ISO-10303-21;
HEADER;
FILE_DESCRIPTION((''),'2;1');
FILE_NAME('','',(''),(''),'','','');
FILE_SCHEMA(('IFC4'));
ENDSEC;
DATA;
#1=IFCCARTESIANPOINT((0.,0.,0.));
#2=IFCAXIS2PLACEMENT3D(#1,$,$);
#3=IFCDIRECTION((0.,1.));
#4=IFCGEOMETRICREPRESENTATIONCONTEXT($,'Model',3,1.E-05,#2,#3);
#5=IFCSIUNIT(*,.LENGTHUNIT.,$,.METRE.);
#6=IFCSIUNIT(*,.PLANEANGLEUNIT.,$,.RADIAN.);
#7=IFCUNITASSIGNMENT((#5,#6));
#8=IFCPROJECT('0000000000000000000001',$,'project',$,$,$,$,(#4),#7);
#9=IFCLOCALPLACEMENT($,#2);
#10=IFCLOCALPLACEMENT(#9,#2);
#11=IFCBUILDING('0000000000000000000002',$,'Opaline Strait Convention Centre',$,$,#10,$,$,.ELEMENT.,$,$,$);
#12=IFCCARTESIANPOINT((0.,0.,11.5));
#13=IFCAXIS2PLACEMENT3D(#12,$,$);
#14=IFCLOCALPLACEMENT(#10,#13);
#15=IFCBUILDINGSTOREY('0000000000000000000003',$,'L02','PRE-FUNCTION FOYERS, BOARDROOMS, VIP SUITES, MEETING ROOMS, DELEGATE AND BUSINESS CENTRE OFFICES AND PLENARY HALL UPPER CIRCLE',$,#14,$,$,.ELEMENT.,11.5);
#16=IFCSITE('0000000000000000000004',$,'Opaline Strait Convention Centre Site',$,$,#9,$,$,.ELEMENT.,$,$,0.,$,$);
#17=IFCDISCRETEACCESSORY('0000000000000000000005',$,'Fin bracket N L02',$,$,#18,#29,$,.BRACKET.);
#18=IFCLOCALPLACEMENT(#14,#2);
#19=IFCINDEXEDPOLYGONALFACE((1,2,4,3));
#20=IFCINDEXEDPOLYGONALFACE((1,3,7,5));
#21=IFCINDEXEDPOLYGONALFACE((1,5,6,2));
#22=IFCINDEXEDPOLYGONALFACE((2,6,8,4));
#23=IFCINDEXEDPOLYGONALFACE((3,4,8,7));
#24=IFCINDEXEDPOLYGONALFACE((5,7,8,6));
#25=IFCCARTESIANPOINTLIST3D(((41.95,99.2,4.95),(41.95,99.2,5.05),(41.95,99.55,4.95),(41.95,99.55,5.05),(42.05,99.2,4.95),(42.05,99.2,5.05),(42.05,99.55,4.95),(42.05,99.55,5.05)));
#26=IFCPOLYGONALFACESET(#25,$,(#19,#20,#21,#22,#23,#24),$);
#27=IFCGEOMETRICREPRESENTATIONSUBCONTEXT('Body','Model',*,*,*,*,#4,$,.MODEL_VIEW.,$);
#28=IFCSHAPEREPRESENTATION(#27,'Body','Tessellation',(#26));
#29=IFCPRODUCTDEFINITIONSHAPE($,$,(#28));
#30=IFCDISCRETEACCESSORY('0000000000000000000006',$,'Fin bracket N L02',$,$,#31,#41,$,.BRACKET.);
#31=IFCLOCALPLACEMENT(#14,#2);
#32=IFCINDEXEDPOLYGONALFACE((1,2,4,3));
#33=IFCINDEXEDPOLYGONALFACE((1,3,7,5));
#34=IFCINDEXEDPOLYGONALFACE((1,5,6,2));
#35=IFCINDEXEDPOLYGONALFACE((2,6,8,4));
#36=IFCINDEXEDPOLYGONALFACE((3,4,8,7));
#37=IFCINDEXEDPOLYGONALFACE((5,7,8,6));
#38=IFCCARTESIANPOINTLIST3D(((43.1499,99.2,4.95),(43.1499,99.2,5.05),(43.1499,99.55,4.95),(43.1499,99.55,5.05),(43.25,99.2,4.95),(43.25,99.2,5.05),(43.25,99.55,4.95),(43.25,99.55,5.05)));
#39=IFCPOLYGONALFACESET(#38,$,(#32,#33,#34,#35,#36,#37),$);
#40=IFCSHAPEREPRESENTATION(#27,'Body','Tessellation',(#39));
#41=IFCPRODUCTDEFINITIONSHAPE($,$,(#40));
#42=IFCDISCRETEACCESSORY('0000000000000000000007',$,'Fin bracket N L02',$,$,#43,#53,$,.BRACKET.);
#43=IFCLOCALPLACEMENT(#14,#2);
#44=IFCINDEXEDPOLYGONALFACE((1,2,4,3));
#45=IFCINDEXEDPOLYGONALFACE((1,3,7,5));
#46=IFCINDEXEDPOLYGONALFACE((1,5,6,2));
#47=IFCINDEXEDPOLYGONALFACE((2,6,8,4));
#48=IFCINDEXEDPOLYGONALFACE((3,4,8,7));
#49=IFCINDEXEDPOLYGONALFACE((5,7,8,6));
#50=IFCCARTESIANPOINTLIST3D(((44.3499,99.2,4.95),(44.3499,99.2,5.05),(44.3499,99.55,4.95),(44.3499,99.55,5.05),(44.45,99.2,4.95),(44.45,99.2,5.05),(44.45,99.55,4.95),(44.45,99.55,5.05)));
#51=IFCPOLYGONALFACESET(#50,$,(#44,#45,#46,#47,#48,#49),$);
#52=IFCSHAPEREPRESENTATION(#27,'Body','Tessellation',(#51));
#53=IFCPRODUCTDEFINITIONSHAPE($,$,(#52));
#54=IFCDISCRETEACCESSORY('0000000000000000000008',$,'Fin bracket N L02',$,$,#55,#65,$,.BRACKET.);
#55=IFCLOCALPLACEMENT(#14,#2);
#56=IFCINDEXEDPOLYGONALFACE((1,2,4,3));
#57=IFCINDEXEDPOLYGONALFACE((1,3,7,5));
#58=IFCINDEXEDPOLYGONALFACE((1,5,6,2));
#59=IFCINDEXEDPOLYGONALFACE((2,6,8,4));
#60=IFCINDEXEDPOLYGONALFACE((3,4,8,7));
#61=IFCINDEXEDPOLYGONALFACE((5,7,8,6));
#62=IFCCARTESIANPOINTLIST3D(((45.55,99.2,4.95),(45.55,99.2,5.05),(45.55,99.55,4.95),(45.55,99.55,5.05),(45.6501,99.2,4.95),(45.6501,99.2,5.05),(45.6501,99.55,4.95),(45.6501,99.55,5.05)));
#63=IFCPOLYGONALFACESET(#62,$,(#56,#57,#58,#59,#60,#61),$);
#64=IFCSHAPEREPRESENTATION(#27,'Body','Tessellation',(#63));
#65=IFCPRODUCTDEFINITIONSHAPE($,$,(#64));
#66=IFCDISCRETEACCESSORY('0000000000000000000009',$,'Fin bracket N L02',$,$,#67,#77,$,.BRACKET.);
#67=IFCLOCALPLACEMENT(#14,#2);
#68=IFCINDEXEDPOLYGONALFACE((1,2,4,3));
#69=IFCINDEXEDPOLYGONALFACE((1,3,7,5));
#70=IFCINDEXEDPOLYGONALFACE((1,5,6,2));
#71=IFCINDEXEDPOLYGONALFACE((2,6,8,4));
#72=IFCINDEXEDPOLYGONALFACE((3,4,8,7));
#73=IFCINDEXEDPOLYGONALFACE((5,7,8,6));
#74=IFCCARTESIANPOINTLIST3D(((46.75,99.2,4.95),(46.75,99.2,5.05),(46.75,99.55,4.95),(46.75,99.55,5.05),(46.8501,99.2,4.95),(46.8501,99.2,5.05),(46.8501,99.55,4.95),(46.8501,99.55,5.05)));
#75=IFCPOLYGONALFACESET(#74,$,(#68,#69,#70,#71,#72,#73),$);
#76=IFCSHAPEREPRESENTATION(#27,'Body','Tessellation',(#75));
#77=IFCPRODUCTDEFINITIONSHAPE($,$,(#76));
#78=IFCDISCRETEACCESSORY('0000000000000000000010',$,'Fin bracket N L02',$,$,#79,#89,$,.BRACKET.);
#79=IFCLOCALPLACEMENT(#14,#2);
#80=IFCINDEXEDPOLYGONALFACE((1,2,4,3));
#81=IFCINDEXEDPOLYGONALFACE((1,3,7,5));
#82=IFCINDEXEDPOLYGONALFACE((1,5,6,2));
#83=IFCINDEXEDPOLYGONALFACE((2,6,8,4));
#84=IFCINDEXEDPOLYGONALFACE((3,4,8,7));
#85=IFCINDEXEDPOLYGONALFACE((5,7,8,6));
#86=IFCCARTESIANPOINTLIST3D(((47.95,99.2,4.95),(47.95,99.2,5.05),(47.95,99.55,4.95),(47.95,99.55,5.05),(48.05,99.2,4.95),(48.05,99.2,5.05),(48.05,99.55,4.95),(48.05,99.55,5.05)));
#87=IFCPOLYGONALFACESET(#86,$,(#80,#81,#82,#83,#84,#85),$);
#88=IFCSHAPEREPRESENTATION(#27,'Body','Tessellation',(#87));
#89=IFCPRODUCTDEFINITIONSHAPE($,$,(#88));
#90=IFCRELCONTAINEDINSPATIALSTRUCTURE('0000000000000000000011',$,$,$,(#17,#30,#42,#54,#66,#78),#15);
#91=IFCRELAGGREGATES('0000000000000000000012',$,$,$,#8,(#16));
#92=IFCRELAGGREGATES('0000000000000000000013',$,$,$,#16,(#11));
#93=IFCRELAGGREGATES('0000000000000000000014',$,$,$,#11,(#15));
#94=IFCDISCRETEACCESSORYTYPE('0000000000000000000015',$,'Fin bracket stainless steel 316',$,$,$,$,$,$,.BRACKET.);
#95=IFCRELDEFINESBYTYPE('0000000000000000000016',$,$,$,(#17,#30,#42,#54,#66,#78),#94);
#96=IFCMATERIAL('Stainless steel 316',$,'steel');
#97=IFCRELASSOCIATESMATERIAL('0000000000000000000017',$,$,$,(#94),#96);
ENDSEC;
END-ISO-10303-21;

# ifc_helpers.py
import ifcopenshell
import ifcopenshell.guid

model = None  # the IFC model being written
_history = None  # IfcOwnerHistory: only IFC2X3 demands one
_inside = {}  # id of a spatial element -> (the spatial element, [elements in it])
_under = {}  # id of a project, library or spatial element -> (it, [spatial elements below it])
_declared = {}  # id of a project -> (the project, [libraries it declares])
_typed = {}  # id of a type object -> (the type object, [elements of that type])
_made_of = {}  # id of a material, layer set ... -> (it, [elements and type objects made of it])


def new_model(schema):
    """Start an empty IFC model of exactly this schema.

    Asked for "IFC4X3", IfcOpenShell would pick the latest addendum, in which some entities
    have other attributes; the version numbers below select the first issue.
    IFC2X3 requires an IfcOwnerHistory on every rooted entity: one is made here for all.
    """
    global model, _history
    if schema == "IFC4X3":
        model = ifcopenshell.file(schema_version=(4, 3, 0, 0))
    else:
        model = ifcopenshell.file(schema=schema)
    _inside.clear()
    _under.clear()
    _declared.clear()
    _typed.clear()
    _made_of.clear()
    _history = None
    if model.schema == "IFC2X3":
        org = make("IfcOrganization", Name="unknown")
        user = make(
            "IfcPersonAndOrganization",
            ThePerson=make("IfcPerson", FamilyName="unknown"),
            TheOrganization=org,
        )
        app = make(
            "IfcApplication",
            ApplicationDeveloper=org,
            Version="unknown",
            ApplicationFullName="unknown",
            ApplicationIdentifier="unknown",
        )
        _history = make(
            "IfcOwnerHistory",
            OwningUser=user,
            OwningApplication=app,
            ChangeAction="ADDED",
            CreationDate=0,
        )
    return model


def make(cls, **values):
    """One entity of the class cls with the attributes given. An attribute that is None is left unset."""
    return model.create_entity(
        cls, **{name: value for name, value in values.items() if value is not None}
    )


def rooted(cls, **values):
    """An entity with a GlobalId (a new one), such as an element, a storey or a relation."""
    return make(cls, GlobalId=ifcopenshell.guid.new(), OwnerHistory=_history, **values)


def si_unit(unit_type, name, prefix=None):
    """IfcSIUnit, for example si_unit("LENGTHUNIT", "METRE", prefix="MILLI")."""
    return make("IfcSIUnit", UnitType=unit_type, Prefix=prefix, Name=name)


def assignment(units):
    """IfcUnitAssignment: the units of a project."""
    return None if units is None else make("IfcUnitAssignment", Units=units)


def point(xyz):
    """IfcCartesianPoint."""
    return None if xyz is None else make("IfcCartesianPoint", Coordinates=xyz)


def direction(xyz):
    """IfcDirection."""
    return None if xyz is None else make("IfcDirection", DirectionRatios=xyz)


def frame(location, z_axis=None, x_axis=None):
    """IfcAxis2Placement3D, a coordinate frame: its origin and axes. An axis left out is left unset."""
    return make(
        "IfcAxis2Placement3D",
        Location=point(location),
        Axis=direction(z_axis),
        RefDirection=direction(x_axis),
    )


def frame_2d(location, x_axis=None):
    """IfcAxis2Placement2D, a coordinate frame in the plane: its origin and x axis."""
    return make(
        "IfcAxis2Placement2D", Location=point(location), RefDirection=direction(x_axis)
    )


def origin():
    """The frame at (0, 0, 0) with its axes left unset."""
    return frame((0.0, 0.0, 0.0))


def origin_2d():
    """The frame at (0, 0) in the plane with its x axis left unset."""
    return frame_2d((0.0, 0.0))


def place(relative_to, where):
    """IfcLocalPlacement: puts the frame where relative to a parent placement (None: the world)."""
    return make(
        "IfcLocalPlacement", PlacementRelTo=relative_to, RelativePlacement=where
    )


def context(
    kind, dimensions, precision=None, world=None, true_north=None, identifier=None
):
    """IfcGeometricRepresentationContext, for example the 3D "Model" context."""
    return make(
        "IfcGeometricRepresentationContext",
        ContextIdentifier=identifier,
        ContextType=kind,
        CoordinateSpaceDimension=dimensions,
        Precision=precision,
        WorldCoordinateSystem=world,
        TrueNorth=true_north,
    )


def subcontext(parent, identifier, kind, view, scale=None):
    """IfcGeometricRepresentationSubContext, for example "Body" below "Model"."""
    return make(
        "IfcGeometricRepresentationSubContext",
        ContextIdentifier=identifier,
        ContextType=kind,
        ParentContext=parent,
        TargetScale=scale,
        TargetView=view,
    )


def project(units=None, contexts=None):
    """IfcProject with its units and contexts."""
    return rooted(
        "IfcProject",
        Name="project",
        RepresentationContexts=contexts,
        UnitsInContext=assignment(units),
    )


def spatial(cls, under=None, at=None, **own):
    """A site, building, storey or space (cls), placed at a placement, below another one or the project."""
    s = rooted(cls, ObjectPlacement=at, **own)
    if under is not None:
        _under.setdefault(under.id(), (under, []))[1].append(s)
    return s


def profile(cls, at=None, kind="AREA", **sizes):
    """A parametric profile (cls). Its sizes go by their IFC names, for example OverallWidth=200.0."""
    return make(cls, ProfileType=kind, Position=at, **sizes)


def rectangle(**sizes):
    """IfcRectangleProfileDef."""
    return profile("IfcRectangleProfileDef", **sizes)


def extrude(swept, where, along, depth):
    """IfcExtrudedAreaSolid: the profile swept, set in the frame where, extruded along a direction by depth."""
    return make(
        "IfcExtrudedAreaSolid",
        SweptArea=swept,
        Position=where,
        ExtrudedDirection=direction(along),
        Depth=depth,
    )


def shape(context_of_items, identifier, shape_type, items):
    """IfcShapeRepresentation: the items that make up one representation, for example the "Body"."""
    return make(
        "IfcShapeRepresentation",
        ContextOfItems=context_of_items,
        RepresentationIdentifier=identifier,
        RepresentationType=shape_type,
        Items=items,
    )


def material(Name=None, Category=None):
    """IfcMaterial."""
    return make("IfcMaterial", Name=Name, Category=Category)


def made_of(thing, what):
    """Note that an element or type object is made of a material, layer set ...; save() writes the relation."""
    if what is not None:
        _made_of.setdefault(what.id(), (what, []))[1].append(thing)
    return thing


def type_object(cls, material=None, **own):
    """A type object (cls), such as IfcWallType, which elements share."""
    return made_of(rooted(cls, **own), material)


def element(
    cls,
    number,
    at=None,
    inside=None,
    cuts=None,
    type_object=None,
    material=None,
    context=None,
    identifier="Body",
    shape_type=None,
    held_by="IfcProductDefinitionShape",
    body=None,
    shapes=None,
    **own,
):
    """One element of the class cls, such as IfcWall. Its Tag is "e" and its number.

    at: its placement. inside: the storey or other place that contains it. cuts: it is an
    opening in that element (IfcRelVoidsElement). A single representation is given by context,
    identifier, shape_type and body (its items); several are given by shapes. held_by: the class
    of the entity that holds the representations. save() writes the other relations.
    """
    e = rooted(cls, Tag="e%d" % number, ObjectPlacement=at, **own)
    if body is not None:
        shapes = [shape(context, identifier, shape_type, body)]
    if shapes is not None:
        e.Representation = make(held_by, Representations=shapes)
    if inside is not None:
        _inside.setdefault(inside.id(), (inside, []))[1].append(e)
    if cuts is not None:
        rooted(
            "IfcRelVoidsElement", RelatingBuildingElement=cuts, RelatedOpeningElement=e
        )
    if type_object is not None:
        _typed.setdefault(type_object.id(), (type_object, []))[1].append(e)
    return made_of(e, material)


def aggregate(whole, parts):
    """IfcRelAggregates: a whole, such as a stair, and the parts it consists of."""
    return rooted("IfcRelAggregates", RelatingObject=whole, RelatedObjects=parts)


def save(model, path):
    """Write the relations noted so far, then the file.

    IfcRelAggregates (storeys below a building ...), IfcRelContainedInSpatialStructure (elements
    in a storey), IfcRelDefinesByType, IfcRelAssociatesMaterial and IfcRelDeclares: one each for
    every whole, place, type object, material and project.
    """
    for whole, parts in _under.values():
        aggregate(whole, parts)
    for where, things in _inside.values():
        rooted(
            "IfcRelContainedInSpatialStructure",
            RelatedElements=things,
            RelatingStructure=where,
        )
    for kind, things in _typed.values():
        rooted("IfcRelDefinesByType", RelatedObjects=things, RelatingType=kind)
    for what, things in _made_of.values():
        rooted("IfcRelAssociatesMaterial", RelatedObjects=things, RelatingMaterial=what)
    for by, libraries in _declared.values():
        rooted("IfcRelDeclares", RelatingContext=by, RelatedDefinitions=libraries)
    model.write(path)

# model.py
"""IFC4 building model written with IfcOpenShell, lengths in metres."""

from ifc_helpers import new_model, si_unit, direction, frame, origin, origin_2d, place, context, subcontext, project, spatial, rectangle, extrude, material, type_object, element, save


model = new_model("IFC4")

# Units and contexts
model_context = context("Model", 3, precision=1e-05, world=origin(), true_north=direction((0.0, 1.0)))
body_context = subcontext(model_context, "Body", "Model", "MODEL_VIEW")
ifc_project = project(units=[si_unit("LENGTHUNIT", "METRE"), si_unit("PLANEANGLEUNIT", "RADIAN")], contexts=[model_context])

# Site, building, storey
site_placement = place(None, origin())
site = spatial("IfcSite", under=ifc_project, at=site_placement, Name="Opaline Strait Convention Centre Site", CompositionType="ELEMENT", RefElevation=0.0)
building_placement = place(site_placement, origin())
building = spatial("IfcBuilding", under=site, at=building_placement, Name="Opaline Strait Convention Centre", CompositionType="ELEMENT")
storey_placement = place(building_placement, frame((0.0, 0.0, 11.5)))
storey = spatial("IfcBuildingStorey", under=building, at=storey_placement, Name="L02", Description="PRE-FUNCTION FOYERS, BOARDROOMS, VIP SUITES, MEETING ROOMS, DELEGATE AND BUSINESS CENTRE OFFICES AND PLENARY HALL UPPER CIRCLE", CompositionType="ELEMENT", Elevation=11.5)

# Discrete accessories
ifc_material_1 = material(Name="Stainless steel 316", Category="steel")
discrete_accessory_type = type_object("IfcDiscreteAccessoryType", Name="Fin bracket stainless steel 316", PredefinedType="BRACKET", material=ifc_material_1)
for number, where, z_axis, x_axis, name in (
    (1, (42.0, 99.375, 4.95), (0.0, 0.0, 1.0), (1.0, 0.0, 0.0), "Fin bracket N L02"),
    (2, (43.2, 99.375, 4.95), (0.0, 0.0, 1.0), (1.0, 0.0, 0.0), "Fin bracket N L02"),
    (3, (44.3999, 99.375, 4.95), (0.0, 0.0, 1.0), (1.0, 0.0, 0.0), "Fin bracket N L02"),
    (4, (45.6001, 99.375, 4.95), (0.0, 0.0, 1.0), (1.0, 0.0, 0.0), "Fin bracket N L02"),
    (5, (46.8, 99.375, 4.95), (0.0, 0.0, 1.0), (1.0, 0.0, 0.0), "Fin bracket N L02"),
    (6, (48.0, 99.375, 4.95), (0.0, 0.0, 1.0), (1.0, 0.0, 0.0), "Fin bracket N L02"),
):
    element("IfcDiscreteAccessory", number, at=place(storey_placement, frame(where, z_axis=z_axis, x_axis=x_axis)), inside=storey, type_object=discrete_accessory_type, Name=name, PredefinedType="BRACKET", context=body_context, shape_type="SweptSolid", body=[
        extrude(rectangle(XDim=0.1001, YDim=0.3501, at=origin_2d()), origin(), (0.0, 0.0, 1.0), 0.1001),
    ])

save(model, "model.ifc")
